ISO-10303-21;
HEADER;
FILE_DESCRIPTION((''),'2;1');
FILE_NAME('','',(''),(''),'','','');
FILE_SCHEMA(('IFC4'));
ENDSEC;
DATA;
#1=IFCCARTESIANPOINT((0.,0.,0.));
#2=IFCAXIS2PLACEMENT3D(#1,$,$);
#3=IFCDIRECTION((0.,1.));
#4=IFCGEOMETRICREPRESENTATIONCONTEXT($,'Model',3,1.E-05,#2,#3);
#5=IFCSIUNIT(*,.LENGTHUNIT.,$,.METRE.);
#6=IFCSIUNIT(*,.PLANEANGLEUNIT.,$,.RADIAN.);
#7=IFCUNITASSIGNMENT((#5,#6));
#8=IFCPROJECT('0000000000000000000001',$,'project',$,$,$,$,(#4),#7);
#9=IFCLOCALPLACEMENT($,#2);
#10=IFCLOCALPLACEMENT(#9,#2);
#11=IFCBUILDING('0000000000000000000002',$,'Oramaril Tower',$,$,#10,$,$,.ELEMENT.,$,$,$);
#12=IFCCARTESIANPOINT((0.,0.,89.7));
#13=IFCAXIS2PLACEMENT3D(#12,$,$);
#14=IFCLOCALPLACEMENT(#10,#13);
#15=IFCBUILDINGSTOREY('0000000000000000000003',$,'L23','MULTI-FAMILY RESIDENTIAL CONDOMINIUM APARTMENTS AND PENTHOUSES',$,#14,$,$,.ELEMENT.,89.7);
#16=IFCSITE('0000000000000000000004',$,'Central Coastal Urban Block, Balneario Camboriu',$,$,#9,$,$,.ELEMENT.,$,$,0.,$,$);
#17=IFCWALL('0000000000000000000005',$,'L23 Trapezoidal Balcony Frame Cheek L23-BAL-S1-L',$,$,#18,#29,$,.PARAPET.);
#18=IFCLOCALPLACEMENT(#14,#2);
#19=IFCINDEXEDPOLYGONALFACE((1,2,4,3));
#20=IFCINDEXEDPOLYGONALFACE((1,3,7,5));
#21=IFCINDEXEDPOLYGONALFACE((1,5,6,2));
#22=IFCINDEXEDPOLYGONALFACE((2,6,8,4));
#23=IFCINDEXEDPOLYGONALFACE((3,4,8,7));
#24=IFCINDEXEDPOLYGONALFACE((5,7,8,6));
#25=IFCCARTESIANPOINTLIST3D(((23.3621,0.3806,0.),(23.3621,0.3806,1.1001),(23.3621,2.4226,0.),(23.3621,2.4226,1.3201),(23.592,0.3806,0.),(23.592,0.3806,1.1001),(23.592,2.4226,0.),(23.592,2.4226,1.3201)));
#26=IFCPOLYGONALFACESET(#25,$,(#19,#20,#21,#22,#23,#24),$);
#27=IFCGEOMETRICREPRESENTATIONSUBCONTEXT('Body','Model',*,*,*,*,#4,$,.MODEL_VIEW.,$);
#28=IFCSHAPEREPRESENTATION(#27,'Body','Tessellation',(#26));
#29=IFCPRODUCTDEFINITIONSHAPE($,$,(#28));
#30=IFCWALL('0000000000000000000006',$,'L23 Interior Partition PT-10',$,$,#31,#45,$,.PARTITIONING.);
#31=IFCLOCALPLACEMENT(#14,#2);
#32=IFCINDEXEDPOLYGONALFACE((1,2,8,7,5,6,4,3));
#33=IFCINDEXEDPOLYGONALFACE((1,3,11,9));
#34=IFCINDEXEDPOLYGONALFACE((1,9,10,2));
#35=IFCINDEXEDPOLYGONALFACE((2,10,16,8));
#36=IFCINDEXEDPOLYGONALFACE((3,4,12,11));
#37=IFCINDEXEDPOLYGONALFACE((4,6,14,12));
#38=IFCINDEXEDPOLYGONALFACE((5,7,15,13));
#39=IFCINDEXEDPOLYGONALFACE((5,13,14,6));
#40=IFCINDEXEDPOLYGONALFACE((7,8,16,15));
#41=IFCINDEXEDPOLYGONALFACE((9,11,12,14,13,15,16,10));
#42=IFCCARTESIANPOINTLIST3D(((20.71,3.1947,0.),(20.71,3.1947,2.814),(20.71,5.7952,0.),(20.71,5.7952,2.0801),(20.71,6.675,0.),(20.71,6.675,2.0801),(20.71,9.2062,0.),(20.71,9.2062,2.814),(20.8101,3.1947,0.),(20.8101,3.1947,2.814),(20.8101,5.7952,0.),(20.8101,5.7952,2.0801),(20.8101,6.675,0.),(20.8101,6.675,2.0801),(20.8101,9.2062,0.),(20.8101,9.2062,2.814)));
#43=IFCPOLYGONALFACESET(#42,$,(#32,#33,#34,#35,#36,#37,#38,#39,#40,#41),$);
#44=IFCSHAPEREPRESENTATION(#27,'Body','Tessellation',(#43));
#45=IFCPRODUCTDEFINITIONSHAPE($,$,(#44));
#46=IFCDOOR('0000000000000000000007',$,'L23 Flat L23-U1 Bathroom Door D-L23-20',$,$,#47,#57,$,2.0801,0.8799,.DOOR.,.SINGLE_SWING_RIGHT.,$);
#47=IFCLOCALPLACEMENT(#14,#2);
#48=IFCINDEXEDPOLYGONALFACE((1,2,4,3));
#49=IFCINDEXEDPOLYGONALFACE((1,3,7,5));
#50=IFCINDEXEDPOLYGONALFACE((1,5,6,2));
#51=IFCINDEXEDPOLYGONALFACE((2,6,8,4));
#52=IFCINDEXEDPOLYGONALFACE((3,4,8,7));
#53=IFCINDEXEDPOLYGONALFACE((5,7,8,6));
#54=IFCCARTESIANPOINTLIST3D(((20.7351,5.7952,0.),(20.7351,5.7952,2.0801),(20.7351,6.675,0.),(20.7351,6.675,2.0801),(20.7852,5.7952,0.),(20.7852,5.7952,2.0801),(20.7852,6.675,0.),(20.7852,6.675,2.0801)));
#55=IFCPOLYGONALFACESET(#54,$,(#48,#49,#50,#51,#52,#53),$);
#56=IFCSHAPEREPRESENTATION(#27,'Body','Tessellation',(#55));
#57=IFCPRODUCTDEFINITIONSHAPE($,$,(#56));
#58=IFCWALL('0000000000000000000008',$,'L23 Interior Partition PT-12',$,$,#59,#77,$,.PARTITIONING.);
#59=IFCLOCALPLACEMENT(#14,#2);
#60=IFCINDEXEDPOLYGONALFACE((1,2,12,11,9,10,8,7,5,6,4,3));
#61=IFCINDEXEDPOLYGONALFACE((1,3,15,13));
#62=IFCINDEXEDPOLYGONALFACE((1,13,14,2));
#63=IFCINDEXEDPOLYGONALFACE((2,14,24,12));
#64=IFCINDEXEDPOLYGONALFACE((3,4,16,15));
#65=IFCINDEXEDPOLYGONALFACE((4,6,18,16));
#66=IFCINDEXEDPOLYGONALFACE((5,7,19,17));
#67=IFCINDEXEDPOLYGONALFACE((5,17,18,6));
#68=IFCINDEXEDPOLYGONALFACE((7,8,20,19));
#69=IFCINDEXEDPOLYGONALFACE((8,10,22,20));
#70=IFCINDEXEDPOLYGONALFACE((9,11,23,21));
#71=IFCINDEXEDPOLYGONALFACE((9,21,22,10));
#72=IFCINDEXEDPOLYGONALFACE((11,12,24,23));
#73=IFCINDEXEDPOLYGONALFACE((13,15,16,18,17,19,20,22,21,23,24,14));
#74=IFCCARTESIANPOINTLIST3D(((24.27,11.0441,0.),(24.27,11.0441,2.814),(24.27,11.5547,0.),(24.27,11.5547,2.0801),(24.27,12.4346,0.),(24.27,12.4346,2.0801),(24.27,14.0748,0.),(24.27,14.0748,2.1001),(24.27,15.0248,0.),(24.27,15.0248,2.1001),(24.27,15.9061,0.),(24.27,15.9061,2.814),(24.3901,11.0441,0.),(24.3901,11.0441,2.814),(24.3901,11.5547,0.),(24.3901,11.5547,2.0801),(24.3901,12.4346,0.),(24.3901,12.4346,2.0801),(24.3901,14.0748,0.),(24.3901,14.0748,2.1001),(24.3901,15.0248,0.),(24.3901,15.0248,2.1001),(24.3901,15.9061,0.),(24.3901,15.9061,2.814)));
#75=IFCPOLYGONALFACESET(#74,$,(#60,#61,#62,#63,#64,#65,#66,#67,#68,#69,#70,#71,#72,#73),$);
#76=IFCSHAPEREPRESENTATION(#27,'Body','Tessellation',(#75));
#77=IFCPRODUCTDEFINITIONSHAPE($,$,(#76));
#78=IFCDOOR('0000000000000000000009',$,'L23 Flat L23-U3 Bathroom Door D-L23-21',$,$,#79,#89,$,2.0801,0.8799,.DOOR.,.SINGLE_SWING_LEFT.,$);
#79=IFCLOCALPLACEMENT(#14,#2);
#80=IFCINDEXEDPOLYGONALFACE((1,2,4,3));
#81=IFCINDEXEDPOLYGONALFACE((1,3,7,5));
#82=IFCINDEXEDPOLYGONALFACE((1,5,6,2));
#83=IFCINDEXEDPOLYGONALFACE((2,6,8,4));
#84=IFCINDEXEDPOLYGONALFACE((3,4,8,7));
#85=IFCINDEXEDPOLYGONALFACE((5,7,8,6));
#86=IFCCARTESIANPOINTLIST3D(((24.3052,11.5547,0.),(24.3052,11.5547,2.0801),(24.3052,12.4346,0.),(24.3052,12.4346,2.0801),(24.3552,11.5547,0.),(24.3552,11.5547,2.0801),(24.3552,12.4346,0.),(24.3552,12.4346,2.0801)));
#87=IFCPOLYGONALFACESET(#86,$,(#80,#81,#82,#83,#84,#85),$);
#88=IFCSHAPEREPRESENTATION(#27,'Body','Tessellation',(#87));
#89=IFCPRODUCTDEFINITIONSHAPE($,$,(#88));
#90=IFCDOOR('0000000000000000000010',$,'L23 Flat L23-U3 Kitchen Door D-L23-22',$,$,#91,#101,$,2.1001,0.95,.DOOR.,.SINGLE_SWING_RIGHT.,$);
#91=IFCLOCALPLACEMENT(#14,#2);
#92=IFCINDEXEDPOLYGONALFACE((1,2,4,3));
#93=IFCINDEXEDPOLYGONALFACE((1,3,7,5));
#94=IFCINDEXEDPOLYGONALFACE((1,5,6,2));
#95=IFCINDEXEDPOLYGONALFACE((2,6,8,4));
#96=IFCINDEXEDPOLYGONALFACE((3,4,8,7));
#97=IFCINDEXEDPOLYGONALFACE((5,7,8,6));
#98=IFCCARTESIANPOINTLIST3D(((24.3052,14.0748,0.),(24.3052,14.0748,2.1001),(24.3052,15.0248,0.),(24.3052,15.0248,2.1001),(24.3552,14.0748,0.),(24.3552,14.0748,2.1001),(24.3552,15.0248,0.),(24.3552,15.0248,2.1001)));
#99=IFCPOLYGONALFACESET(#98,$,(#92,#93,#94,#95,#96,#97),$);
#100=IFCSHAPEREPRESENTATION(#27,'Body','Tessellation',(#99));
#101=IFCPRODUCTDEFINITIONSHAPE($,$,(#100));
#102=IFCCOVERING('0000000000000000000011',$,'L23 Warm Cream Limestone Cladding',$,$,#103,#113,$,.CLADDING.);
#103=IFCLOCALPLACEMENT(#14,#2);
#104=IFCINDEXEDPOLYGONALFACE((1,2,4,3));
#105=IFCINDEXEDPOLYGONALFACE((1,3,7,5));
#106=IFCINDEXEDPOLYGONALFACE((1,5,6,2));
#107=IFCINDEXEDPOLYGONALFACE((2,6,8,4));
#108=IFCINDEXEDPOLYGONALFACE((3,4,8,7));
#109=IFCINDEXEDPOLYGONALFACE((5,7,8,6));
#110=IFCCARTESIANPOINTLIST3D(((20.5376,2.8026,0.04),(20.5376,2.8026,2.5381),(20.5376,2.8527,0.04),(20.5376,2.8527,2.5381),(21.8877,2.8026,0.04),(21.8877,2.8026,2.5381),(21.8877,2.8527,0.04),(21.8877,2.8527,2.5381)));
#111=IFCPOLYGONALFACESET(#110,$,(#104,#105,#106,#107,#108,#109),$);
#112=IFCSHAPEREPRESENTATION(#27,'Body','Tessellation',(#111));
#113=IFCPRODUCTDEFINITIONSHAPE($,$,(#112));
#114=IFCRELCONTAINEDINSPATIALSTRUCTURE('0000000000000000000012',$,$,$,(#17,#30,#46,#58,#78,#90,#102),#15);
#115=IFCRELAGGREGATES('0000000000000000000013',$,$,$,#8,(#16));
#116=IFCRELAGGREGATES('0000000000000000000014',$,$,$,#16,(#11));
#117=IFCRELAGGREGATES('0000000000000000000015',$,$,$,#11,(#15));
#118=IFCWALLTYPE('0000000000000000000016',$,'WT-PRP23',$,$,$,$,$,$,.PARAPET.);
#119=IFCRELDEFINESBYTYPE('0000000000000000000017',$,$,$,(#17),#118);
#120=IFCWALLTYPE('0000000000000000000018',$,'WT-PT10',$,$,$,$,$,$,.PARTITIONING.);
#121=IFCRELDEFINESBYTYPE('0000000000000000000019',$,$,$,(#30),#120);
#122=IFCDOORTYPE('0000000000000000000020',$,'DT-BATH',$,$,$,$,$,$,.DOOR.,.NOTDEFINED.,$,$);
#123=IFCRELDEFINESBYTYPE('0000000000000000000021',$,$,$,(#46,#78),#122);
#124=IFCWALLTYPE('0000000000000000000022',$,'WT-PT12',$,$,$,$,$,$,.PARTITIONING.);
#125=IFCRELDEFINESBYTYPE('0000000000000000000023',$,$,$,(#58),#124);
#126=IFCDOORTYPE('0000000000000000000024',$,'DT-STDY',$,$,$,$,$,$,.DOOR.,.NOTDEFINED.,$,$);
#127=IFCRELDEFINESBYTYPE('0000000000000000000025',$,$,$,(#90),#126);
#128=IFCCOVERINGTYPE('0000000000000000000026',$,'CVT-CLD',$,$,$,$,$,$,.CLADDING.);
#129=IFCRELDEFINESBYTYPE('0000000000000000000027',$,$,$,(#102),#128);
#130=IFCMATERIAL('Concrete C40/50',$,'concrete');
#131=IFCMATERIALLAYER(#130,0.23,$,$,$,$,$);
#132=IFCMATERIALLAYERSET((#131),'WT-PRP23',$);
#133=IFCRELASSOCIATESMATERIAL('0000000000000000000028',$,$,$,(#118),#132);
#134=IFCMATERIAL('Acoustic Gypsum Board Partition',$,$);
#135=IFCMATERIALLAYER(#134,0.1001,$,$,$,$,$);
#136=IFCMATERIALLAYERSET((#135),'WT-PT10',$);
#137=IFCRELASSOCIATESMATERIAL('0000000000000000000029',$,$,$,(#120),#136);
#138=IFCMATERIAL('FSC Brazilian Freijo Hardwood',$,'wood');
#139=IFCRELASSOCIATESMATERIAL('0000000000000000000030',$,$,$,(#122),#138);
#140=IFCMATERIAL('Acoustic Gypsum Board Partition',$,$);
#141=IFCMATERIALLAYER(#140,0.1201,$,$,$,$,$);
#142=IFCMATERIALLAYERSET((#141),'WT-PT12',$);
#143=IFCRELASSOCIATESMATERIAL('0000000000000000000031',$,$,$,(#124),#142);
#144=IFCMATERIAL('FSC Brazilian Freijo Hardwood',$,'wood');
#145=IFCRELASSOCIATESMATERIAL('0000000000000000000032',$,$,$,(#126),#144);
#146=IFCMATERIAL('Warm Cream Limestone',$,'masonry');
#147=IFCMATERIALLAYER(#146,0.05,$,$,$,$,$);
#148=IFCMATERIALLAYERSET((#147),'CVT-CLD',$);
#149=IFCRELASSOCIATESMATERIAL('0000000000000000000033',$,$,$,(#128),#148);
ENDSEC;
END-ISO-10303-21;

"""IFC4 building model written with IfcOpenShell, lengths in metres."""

from ifc_helpers import new_model, si_unit, direction, frame, frame_2d, origin, origin_2d, place, context, subcontext, project, spatial, polyline, rectangle, outline, extrude, material, layer, layer_set, type_object, element, fill, save


model = new_model("IFC4")

# Units and contexts
model_context = context("Model", 3, precision=1e-05, world=origin(), true_north=direction((0.0, 1.0)))
body_context = subcontext(model_context, "Body", "Model", "MODEL_VIEW")
ifc_project = project(units=[si_unit("LENGTHUNIT", "METRE"), si_unit("PLANEANGLEUNIT", "RADIAN")], contexts=[model_context])

# Site, building, storey
site_placement = place(None, origin())
site = spatial("IfcSite", under=ifc_project, at=site_placement, Name="Central Coastal Urban Block, Balneario Camboriu", CompositionType="ELEMENT", RefElevation=0.0)
building_placement = place(site_placement, origin())
building = spatial("IfcBuilding", under=site, at=building_placement, Name="Oramaril Tower", CompositionType="ELEMENT")
storey_placement = place(building_placement, frame((0.0, 0.0, 89.7)))
storey = spatial("IfcBuildingStorey", under=building, at=storey_placement, Name="L23", Description="MULTI-FAMILY RESIDENTIAL CONDOMINIUM APARTMENTS AND PENTHOUSES", CompositionType="ELEMENT", Elevation=89.7)

# Wall
ifc_material_1 = material(Name="Concrete C40/50", Category="concrete")
ifc_layer_1 = layer(ifc_material_1, 0.23)
ifc_layer_set_1 = layer_set([ifc_layer_1], Name="WT-PRP23")
wall_type_1 = type_object("IfcWallType", Name="WT-PRP23", PredefinedType="PARAPET", material=ifc_layer_set_1)
wall_1_placement = place(storey_placement, frame((23.4771, 2.4226, 0.0), z_axis=(0.0, 0.0, 1.0), x_axis=(0.0, -1.0, 0.0)))
element("IfcWall", 1, at=wall_1_placement, inside=storey, type_object=wall_type_1, Name="L23 Trapezoidal Balcony Frame Cheek L23-BAL-S1-L", PredefinedType="PARAPET", context=body_context, shape_type="SweptSolid", body=[
    extrude(outline(polyline([(0.0, 0.0), (2.042, 0.0), (2.042, 1.1001), (0.0, 1.3201), (0.0, 0.0)])), frame((0.0, 0.115, 0.0), z_axis=(0.0, -1.0, 0.0), x_axis=(1.0, 0.0, 0.0)), (0.0, 0.0, 1.0), 0.23),
])

# Wall, opening, door
ifc_material_2 = material(Name="Acoustic Gypsum Board Partition")
ifc_layer_2 = layer(ifc_material_2, 0.1001)
ifc_layer_set_2 = layer_set([ifc_layer_2], Name="WT-PT10")
wall_type_2 = type_object("IfcWallType", Name="WT-PT10", PredefinedType="PARTITIONING", material=ifc_layer_set_2)
wall_2_placement = place(storey_placement, frame((20.76, 3.1946, 0.0), z_axis=(0.0, 0.0, 1.0), x_axis=(0.0, 1.0, 0.0)))
wall_2 = element("IfcWall", 2, at=wall_2_placement, inside=storey, type_object=wall_type_2, Name="L23 Interior Partition PT-10", PredefinedType="PARTITIONING", context=body_context, shape_type="SweptSolid", body=[
    extrude(rectangle(XDim=6.0115, YDim=0.1001, at=frame_2d((3.0059, 0.0))), origin(), (0.0, 0.0, 1.0), 2.814),
])
opening_1_placement = place(wall_2_placement, frame((2.6006, 0.0, 0.0)))
opening_1 = element("IfcOpeningElement", 3, at=opening_1_placement, cuts=wall_2, PredefinedType="OPENING", context=body_context, shape_type="SweptSolid", body=[
    extrude(rectangle(XDim=0.8799, YDim=2.0801, at=frame_2d((0.4399, 1.04))), frame((0.0, 0.05, 0.0), z_axis=(0.0, -1.0, 0.0), x_axis=(1.0, 0.0, 0.0)), (0.0, 0.0, 1.0), 0.1001),
])
ifc_material_3 = material(Name="FSC Brazilian Freijo Hardwood", Category="wood")
door_type_1 = type_object("IfcDoorType", Name="DT-BATH", OperationType="NOTDEFINED", PredefinedType="DOOR", material=ifc_material_3)
door_1_placement = place(opening_1_placement, origin())
door_1 = element("IfcDoor", 4, at=door_1_placement, inside=storey, type_object=door_type_1, Name="L23 Flat L23-U1 Bathroom Door D-L23-20", OperationType="SINGLE_SWING_RIGHT", OverallHeight=2.0801, OverallWidth=0.8799, PredefinedType="DOOR", context=body_context, shape_type="SweptSolid", body=[
    extrude(rectangle(XDim=0.8799, YDim=2.0801, at=frame_2d((0.4399, 1.04))), frame((0.0, 0.0249, 0.0), z_axis=(0.0, -1.0, 0.0), x_axis=(1.0, 0.0, 0.0)), (0.0, 0.0, 1.0), 0.05),
])
fill(opening_1, door_1)

# Wall, openings, doors
ifc_material_4 = material(Name="Acoustic Gypsum Board Partition")
ifc_layer_3 = layer(ifc_material_4, 0.1201)
ifc_layer_set_3 = layer_set([ifc_layer_3], Name="WT-PT12")
wall_type_3 = type_object("IfcWallType", Name="WT-PT12", PredefinedType="PARTITIONING", material=ifc_layer_set_3)
wall_3_placement = place(storey_placement, frame((24.3301, 11.0439, 0.0), z_axis=(0.0, 0.0, 1.0), x_axis=(0.0, 1.0, 0.0)))
wall_3 = element("IfcWall", 5, at=wall_3_placement, inside=storey, type_object=wall_type_3, Name="L23 Interior Partition PT-12", PredefinedType="PARTITIONING", context=body_context, shape_type="SweptSolid", body=[
    extrude(rectangle(XDim=4.8621, YDim=0.1201, at=frame_2d((2.4312, 0.0))), origin(), (0.0, 0.0, 1.0), 2.814),
])
opening_2_placement = place(wall_3_placement, frame((0.5107, 0.0, 0.0)))
opening_2 = element("IfcOpeningElement", 6, at=opening_2_placement, cuts=wall_3, PredefinedType="OPENING", context=body_context, shape_type="SweptSolid", body=[
    extrude(rectangle(XDim=0.8799, YDim=2.0801, at=frame_2d((0.4399, 1.04))), frame((0.0, 0.0601, 0.0), z_axis=(0.0, -1.0, 0.0), x_axis=(1.0, 0.0, 0.0)), (0.0, 0.0, 1.0), 0.1201),
])
opening_3_placement = place(wall_3_placement, frame((3.0308, 0.0, 0.0)))
opening_3 = element("IfcOpeningElement", 7, at=opening_3_placement, cuts=wall_3, PredefinedType="OPENING", context=body_context, shape_type="SweptSolid", body=[
    extrude(rectangle(XDim=0.95, YDim=2.1001, at=frame_2d((0.4751, 1.05))), frame((0.0, 0.0601, 0.0), z_axis=(0.0, -1.0, 0.0), x_axis=(1.0, 0.0, 0.0)), (0.0, 0.0, 1.0), 0.1201),
])
door_2_placement = place(opening_2_placement, origin())
door_2 = element("IfcDoor", 8, at=door_2_placement, inside=storey, type_object=door_type_1, Name="L23 Flat L23-U3 Bathroom Door D-L23-21", OperationType="SINGLE_SWING_LEFT", OverallHeight=2.0801, OverallWidth=0.8799, PredefinedType="DOOR", context=body_context, shape_type="SweptSolid", body=[
    extrude(rectangle(XDim=0.8799, YDim=2.0801, at=frame_2d((0.4399, 1.04))), frame((0.0, 0.0249, 0.0), z_axis=(0.0, -1.0, 0.0), x_axis=(1.0, 0.0, 0.0)), (0.0, 0.0, 1.0), 0.05),
])
fill(opening_2, door_2)
ifc_material_5 = material(Name="FSC Brazilian Freijo Hardwood", Category="wood")
door_type_2 = type_object("IfcDoorType", Name="DT-STDY", OperationType="NOTDEFINED", PredefinedType="DOOR", material=ifc_material_5)
door_3_placement = place(opening_3_placement, origin())
door_3 = element("IfcDoor", 9, at=door_3_placement, inside=storey, type_object=door_type_2, Name="L23 Flat L23-U3 Kitchen Door D-L23-22", OperationType="SINGLE_SWING_RIGHT", OverallHeight=2.1001, OverallWidth=0.95, PredefinedType="DOOR", context=body_context, shape_type="SweptSolid", body=[
    extrude(rectangle(XDim=0.95, YDim=2.1001, at=frame_2d((0.4751, 1.05))), frame((0.0, 0.0249, 0.0), z_axis=(0.0, -1.0, 0.0), x_axis=(1.0, 0.0, 0.0)), (0.0, 0.0, 1.0), 0.05),
])
fill(opening_3, door_3)

# Covering
ifc_material_6 = material(Name="Warm Cream Limestone", Category="masonry")
ifc_layer_4 = layer(ifc_material_6, 0.05)
ifc_layer_set_4 = layer_set([ifc_layer_4], Name="CVT-CLD")
covering_type = type_object("IfcCoveringType", Name="CVT-CLD", PredefinedType="CLADDING", material=ifc_layer_set_4)
covering_placement = place(storey_placement, frame((21.2126, 2.8276, 0.04), z_axis=(0.0, 0.0, 1.0), x_axis=(1.0, 0.0, 0.0)))
element("IfcCovering", 10, at=covering_placement, inside=storey, type_object=covering_type, Name="L23 Warm Cream Limestone Cladding", PredefinedType="CLADDING", context=body_context, shape_type="SweptSolid", body=[
    extrude(rectangle(XDim=1.3501, YDim=0.05, at=origin_2d()), origin(), (0.0, 0.0, 1.0), 2.498),
])

save(model, "model.ifc")
